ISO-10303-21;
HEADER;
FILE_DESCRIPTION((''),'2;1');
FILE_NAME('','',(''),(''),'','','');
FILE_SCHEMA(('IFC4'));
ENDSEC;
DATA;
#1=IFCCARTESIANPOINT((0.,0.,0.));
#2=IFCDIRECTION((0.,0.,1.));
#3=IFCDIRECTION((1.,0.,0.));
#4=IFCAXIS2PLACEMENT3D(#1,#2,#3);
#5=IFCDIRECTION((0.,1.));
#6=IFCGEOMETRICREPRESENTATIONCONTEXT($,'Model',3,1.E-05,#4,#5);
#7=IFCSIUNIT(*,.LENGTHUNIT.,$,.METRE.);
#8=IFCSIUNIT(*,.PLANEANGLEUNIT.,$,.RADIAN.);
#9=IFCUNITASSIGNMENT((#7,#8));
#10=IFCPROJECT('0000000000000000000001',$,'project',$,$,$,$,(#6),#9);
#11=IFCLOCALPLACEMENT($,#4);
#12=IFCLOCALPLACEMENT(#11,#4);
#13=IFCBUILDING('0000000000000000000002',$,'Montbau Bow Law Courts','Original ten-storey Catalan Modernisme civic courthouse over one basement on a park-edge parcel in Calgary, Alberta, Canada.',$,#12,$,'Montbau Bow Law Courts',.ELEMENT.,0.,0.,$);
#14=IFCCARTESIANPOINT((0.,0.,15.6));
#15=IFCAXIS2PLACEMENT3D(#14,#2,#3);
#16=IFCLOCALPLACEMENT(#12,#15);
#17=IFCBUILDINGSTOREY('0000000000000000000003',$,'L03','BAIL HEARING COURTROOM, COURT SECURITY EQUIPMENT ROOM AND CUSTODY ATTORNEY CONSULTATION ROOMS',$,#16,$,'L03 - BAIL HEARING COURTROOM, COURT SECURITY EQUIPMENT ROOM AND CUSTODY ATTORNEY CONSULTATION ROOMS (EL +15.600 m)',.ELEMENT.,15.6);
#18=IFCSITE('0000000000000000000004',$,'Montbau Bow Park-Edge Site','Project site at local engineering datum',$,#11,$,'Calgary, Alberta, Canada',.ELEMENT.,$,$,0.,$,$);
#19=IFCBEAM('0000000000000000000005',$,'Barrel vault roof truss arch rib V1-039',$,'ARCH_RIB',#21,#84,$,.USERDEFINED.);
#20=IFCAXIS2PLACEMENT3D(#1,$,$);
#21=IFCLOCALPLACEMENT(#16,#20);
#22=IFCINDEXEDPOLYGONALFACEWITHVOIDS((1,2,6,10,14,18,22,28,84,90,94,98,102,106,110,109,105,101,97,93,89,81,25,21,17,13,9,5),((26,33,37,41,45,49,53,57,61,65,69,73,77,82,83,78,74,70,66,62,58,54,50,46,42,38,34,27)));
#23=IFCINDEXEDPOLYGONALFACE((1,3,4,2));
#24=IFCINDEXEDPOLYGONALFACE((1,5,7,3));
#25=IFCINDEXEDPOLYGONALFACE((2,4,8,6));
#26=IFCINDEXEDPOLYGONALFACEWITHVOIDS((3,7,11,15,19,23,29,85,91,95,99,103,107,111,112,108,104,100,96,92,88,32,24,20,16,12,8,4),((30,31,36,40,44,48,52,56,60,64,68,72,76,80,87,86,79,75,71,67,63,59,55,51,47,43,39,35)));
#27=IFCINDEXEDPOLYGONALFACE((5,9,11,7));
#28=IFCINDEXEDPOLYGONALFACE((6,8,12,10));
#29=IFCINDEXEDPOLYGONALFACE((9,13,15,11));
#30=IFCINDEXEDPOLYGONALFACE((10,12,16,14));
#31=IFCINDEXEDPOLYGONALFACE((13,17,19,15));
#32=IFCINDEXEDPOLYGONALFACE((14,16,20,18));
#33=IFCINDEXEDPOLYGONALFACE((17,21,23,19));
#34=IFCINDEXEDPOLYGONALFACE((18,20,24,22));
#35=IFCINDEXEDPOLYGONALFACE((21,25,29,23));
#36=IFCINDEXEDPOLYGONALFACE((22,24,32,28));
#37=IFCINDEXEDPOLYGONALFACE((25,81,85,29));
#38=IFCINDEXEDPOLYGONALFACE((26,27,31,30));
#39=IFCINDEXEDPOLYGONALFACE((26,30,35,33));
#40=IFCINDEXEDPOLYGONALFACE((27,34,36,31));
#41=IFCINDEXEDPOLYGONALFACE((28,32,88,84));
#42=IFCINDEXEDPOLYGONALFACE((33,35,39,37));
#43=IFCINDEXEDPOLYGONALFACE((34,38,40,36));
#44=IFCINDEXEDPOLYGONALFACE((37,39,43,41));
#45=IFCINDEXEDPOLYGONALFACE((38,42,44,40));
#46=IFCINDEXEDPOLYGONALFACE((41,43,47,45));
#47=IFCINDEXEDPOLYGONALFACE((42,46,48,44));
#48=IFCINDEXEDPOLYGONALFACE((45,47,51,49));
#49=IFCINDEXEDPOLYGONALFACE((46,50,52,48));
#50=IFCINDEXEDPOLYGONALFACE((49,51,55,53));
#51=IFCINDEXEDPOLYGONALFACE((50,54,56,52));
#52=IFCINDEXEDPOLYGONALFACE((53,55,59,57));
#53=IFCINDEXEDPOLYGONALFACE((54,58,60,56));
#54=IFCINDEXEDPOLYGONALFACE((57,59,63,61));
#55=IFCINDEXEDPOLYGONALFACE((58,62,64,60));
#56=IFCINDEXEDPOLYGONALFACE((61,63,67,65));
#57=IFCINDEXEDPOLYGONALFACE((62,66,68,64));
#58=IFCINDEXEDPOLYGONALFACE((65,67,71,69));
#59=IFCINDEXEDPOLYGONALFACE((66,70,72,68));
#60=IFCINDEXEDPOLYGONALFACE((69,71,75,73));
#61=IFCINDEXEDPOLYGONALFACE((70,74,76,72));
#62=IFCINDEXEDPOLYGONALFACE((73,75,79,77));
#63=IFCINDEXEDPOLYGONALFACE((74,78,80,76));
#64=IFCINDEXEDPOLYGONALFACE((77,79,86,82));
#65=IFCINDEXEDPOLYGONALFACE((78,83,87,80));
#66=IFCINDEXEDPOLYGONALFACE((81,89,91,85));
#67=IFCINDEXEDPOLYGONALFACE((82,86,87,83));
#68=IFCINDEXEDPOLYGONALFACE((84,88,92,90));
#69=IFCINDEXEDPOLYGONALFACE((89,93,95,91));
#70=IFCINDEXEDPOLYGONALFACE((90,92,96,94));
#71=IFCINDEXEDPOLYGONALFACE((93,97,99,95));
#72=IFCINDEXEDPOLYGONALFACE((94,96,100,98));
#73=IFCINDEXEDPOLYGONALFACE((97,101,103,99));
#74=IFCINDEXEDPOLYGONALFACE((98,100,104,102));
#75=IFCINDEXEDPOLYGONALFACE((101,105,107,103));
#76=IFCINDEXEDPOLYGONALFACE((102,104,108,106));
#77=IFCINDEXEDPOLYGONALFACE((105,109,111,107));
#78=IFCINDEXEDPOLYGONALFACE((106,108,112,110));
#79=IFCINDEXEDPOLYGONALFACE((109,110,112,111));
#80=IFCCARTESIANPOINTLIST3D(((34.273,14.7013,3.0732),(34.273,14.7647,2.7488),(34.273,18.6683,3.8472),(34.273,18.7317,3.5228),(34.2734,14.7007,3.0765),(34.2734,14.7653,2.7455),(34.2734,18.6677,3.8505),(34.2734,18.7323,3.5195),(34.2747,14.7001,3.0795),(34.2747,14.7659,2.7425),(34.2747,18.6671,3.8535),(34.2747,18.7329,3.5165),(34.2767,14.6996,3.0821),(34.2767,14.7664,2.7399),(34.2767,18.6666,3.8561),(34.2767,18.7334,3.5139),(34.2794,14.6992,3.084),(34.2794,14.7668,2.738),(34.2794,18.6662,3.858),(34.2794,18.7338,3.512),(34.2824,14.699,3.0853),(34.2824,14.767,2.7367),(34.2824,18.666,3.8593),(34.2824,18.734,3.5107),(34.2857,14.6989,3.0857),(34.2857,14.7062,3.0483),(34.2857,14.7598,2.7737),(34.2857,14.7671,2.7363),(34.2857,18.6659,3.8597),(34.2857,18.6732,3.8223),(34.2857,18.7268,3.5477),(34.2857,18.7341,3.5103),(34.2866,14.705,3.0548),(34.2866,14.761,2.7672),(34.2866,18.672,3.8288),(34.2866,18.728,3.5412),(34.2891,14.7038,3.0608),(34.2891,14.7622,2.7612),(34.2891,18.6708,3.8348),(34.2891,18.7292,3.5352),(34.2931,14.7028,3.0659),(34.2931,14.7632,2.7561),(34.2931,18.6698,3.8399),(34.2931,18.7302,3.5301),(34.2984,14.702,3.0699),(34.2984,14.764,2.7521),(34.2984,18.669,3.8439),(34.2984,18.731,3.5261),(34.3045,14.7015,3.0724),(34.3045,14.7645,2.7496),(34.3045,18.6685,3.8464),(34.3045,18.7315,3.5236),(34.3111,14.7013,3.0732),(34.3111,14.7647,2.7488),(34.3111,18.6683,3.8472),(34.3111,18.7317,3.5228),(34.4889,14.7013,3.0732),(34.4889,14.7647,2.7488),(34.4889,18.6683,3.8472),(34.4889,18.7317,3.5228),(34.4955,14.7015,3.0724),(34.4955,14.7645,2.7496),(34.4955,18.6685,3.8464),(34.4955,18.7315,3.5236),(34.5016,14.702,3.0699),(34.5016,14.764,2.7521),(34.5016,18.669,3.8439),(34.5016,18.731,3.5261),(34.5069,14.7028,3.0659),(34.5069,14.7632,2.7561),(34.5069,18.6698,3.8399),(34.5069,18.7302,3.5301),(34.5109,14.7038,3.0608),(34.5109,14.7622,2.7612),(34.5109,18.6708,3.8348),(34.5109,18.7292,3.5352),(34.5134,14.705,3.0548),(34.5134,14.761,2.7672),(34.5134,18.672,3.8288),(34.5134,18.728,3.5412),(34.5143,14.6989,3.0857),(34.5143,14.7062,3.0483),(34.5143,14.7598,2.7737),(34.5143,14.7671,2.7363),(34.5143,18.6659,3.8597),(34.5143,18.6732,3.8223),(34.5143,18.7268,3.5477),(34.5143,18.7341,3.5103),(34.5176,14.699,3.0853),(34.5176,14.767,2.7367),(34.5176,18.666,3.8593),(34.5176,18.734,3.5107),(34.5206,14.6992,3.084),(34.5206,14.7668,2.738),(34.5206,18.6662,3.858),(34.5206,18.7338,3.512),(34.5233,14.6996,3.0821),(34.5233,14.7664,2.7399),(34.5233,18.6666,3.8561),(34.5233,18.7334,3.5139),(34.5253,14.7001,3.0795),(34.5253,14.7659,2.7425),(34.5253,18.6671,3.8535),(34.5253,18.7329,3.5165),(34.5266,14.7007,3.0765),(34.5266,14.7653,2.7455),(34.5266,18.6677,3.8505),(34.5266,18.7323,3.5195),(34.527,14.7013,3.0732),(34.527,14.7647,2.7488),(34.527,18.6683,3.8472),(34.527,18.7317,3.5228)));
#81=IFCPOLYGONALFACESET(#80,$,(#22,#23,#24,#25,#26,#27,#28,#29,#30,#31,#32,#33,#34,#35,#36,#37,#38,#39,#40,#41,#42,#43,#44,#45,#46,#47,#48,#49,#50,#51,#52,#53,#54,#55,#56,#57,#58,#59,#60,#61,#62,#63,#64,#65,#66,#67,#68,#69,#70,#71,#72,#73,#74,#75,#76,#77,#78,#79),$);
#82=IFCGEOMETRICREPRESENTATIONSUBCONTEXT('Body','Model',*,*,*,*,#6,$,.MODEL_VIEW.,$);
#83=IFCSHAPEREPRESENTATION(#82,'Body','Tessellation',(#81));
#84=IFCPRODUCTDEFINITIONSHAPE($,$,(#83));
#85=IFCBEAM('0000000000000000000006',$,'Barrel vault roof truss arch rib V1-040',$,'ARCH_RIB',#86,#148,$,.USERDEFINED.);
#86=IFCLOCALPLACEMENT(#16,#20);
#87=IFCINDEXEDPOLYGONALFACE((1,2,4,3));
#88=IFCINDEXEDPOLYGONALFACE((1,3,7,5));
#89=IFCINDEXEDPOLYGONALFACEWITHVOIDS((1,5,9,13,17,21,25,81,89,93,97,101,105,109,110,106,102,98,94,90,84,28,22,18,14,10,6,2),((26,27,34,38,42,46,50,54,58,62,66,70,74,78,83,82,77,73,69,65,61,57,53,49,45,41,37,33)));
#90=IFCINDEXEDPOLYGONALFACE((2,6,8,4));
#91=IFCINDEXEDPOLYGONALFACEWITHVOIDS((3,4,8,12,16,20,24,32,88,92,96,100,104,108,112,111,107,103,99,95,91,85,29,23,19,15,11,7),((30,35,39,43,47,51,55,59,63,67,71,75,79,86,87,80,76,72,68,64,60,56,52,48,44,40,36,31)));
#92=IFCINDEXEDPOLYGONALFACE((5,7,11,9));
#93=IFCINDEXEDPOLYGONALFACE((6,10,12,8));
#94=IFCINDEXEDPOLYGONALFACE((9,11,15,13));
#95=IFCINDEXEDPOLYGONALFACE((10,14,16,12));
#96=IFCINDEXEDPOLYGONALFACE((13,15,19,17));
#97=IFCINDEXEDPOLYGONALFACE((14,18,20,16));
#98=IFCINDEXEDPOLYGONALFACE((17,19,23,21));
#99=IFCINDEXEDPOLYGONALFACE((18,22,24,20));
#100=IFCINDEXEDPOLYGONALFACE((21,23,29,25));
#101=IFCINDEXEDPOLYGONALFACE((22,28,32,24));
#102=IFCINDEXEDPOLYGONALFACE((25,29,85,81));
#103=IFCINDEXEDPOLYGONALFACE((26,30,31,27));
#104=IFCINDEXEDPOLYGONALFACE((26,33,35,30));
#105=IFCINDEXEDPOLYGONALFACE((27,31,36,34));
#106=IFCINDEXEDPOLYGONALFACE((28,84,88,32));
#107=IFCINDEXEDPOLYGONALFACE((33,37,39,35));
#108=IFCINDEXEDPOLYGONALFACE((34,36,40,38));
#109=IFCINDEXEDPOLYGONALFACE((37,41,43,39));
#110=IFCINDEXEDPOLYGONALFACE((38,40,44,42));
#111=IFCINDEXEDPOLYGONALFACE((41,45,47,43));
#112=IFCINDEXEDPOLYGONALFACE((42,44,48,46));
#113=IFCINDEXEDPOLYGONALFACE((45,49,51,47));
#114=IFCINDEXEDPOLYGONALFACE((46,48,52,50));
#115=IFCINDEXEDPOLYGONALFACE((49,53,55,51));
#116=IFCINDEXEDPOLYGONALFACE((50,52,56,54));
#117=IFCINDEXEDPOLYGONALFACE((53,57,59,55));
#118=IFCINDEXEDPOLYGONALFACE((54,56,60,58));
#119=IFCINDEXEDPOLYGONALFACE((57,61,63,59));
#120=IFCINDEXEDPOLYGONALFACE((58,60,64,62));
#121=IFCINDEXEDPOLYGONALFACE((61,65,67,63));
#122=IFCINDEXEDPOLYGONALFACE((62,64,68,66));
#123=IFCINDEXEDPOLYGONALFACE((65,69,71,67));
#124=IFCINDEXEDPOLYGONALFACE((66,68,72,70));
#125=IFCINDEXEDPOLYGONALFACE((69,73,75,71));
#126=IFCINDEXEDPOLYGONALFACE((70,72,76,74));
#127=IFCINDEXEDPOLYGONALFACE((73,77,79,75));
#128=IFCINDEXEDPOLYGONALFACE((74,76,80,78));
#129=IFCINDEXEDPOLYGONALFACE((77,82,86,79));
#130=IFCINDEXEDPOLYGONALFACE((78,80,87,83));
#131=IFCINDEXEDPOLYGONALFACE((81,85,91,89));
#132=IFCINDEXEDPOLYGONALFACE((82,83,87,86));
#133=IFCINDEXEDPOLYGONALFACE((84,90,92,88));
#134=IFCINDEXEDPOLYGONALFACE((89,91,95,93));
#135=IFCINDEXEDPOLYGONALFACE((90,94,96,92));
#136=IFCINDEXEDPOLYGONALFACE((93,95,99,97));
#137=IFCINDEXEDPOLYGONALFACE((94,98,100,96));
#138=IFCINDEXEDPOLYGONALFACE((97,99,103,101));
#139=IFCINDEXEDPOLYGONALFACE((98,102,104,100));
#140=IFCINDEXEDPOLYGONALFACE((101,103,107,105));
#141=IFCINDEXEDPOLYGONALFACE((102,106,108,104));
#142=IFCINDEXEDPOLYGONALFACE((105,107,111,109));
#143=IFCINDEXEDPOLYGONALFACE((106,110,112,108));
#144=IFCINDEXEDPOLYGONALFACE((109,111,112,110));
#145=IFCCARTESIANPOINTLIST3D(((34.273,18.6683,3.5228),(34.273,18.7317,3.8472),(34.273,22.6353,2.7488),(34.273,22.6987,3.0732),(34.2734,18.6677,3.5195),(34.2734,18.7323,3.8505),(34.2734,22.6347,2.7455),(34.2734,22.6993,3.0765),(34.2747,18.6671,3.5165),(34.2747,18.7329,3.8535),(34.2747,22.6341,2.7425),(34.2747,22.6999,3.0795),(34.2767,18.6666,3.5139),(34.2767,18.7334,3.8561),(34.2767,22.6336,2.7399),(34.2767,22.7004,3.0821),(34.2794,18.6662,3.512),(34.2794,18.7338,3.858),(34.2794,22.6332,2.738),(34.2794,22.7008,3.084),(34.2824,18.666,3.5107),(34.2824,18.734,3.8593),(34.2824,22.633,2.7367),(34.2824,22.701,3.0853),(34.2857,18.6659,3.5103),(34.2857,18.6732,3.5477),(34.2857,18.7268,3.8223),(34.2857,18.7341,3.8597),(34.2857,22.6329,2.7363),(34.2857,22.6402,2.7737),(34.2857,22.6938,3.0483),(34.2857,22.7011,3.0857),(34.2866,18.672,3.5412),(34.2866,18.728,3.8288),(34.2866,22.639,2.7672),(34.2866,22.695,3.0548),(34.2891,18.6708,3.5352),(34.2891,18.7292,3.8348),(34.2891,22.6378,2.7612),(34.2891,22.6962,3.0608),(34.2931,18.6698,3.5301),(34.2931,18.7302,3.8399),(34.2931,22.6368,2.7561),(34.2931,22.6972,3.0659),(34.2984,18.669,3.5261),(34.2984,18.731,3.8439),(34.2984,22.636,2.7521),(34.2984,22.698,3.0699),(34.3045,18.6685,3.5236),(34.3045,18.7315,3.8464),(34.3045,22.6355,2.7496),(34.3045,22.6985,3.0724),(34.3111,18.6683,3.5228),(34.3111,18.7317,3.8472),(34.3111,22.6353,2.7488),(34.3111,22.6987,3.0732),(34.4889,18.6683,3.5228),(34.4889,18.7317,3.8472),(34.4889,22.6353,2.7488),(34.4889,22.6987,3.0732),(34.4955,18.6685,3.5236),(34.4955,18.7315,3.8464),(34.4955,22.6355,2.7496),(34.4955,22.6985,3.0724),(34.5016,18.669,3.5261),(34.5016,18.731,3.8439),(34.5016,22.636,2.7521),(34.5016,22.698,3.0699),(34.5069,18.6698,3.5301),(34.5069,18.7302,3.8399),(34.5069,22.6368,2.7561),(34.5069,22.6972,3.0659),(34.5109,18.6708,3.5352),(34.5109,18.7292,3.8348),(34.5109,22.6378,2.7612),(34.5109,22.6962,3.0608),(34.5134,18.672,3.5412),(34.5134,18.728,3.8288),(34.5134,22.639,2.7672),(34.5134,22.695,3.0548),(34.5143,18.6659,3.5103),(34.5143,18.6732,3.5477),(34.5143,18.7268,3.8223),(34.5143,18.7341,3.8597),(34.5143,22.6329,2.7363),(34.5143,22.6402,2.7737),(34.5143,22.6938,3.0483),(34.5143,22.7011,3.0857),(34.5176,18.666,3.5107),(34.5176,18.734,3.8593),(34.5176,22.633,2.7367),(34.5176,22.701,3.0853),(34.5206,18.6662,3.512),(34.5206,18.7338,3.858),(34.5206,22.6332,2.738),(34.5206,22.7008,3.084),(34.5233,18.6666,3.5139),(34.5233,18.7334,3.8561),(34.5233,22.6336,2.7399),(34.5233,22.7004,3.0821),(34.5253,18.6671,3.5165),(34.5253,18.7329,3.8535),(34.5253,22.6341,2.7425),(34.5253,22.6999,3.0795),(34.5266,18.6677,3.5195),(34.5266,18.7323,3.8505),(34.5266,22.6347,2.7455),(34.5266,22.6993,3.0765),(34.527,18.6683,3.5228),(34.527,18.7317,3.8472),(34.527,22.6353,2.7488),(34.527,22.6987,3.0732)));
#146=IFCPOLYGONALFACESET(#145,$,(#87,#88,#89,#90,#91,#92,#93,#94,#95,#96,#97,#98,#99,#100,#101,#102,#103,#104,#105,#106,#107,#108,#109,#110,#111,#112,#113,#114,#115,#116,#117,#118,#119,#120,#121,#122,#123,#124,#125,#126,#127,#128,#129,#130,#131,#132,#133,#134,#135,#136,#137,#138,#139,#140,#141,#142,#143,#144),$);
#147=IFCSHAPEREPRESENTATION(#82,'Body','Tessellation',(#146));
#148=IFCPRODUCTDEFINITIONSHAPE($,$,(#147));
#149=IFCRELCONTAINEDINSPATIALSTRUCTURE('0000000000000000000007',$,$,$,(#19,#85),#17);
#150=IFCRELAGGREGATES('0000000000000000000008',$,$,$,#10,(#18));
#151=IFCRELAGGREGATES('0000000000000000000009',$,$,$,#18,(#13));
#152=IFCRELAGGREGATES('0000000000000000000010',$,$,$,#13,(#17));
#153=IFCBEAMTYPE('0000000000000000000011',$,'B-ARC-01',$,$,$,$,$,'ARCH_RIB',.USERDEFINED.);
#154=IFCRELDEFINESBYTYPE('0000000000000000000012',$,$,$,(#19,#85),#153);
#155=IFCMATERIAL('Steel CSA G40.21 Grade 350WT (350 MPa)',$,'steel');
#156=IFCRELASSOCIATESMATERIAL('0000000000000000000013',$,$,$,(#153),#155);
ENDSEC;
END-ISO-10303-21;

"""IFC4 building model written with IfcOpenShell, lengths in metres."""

from ifc_helpers import new_model, si_unit, direction, frame, origin_with_axes, origin_2d_with_axis, place, context, subcontext, project, spatial, hollow_rectangle, extrude, material, material_profile, profile_set, type_object, element, save


model = new_model("IFC4")

# Units and contexts
model_context = context("Model", 3, precision=1e-05, world=origin_with_axes(), true_north=direction((0.0, 1.0)))
body_context = subcontext(model_context, "Body", "Model", "MODEL_VIEW")
ifc_project = project(units=[si_unit("LENGTHUNIT", "METRE"), si_unit("PLANEANGLEUNIT", "RADIAN")], contexts=[model_context])

# Site, building, storey
site_placement = place(None, origin_with_axes())
site = spatial("IfcSite", under=ifc_project, at=site_placement, Name="Montbau Bow Park-Edge Site", Description="Project site at local engineering datum", LongName="Calgary, Alberta, Canada", CompositionType="ELEMENT", RefElevation=0.0)
building_placement = place(site_placement, origin_with_axes())
building = spatial("IfcBuilding", under=site, at=building_placement, Name="Montbau Bow Law Courts", Description="Original ten-storey Catalan Modernisme civic courthouse over one basement on a park-edge parcel in Calgary, Alberta, Canada.", LongName="Montbau Bow Law Courts", CompositionType="ELEMENT", ElevationOfRefHeight=0.0, ElevationOfTerrain=0.0)
storey_placement = place(building_placement, frame((0.0, 0.0, 15.6), z_axis=(0.0, 0.0, 1.0), x_axis=(1.0, 0.0, 0.0)))
storey = spatial("IfcBuildingStorey", under=building, at=storey_placement, Name="L03", Description="BAIL HEARING COURTROOM, COURT SECURITY EQUIPMENT ROOM AND CUSTODY ATTORNEY CONSULTATION ROOMS", LongName="L03 - BAIL HEARING COURTROOM, COURT SECURITY EQUIPMENT ROOM AND CUSTODY ATTORNEY CONSULTATION ROOMS (EL +15.600 m)", CompositionType="ELEMENT", Elevation=15.6)

# Beams
ifc_material_1 = material(Name="Steel CSA G40.21 Grade 350WT (350 MPa)", Category="steel")
ifc_material_profile_1 = material_profile(ifc_material_1, hollow_rectangle(XDim=0.254, YDim=0.356, WallThickness=0.0127, InnerFilletRadius=0.0254, OuterFilletRadius=0.0127, at=origin_2d_with_axis()), Name="HSS356X254X13", Category="Main", Priority=0)
ifc_profile_set_1 = profile_set([ifc_material_profile_1], Name="Steel CSA G40.21 Grade 350WT (350 MPa)")
beam_type = type_object("IfcBeamType", Name="B-ARC-01", ElementType="ARCH_RIB", PredefinedType="USERDEFINED", material=ifc_profile_set_1)
for number, where, z_axis, x_axis, name in (
    (1, (34.4, 14.733, 18.511), (0.0, 0.981493, 0.191499), (-1.0, 0.0, 0.0), "Barrel vault roof truss arch rib V1-039"),
    (2, (34.4, 18.7, 19.285), (0.0, 0.981493, -0.191499), (-1.0, 0.0, 0.0), "Barrel vault roof truss arch rib V1-040"),
):
    element("IfcBeam", number, at=place(None, frame(where, z_axis=z_axis, x_axis=x_axis)), inside=storey, type_object=beam_type, Name=name, ObjectType="ARCH_RIB", PredefinedType="USERDEFINED", context=body_context, shape_type="SweptSolid", body=[
        extrude(hollow_rectangle(XDim=0.254, YDim=0.356, WallThickness=0.0127, InnerFilletRadius=0.0254, OuterFilletRadius=0.0127, at=origin_2d_with_axis()), origin_with_axes(), (0.0, 0.0, 1.0), 4.0418),
    ])

save(model, "model.ifc")
